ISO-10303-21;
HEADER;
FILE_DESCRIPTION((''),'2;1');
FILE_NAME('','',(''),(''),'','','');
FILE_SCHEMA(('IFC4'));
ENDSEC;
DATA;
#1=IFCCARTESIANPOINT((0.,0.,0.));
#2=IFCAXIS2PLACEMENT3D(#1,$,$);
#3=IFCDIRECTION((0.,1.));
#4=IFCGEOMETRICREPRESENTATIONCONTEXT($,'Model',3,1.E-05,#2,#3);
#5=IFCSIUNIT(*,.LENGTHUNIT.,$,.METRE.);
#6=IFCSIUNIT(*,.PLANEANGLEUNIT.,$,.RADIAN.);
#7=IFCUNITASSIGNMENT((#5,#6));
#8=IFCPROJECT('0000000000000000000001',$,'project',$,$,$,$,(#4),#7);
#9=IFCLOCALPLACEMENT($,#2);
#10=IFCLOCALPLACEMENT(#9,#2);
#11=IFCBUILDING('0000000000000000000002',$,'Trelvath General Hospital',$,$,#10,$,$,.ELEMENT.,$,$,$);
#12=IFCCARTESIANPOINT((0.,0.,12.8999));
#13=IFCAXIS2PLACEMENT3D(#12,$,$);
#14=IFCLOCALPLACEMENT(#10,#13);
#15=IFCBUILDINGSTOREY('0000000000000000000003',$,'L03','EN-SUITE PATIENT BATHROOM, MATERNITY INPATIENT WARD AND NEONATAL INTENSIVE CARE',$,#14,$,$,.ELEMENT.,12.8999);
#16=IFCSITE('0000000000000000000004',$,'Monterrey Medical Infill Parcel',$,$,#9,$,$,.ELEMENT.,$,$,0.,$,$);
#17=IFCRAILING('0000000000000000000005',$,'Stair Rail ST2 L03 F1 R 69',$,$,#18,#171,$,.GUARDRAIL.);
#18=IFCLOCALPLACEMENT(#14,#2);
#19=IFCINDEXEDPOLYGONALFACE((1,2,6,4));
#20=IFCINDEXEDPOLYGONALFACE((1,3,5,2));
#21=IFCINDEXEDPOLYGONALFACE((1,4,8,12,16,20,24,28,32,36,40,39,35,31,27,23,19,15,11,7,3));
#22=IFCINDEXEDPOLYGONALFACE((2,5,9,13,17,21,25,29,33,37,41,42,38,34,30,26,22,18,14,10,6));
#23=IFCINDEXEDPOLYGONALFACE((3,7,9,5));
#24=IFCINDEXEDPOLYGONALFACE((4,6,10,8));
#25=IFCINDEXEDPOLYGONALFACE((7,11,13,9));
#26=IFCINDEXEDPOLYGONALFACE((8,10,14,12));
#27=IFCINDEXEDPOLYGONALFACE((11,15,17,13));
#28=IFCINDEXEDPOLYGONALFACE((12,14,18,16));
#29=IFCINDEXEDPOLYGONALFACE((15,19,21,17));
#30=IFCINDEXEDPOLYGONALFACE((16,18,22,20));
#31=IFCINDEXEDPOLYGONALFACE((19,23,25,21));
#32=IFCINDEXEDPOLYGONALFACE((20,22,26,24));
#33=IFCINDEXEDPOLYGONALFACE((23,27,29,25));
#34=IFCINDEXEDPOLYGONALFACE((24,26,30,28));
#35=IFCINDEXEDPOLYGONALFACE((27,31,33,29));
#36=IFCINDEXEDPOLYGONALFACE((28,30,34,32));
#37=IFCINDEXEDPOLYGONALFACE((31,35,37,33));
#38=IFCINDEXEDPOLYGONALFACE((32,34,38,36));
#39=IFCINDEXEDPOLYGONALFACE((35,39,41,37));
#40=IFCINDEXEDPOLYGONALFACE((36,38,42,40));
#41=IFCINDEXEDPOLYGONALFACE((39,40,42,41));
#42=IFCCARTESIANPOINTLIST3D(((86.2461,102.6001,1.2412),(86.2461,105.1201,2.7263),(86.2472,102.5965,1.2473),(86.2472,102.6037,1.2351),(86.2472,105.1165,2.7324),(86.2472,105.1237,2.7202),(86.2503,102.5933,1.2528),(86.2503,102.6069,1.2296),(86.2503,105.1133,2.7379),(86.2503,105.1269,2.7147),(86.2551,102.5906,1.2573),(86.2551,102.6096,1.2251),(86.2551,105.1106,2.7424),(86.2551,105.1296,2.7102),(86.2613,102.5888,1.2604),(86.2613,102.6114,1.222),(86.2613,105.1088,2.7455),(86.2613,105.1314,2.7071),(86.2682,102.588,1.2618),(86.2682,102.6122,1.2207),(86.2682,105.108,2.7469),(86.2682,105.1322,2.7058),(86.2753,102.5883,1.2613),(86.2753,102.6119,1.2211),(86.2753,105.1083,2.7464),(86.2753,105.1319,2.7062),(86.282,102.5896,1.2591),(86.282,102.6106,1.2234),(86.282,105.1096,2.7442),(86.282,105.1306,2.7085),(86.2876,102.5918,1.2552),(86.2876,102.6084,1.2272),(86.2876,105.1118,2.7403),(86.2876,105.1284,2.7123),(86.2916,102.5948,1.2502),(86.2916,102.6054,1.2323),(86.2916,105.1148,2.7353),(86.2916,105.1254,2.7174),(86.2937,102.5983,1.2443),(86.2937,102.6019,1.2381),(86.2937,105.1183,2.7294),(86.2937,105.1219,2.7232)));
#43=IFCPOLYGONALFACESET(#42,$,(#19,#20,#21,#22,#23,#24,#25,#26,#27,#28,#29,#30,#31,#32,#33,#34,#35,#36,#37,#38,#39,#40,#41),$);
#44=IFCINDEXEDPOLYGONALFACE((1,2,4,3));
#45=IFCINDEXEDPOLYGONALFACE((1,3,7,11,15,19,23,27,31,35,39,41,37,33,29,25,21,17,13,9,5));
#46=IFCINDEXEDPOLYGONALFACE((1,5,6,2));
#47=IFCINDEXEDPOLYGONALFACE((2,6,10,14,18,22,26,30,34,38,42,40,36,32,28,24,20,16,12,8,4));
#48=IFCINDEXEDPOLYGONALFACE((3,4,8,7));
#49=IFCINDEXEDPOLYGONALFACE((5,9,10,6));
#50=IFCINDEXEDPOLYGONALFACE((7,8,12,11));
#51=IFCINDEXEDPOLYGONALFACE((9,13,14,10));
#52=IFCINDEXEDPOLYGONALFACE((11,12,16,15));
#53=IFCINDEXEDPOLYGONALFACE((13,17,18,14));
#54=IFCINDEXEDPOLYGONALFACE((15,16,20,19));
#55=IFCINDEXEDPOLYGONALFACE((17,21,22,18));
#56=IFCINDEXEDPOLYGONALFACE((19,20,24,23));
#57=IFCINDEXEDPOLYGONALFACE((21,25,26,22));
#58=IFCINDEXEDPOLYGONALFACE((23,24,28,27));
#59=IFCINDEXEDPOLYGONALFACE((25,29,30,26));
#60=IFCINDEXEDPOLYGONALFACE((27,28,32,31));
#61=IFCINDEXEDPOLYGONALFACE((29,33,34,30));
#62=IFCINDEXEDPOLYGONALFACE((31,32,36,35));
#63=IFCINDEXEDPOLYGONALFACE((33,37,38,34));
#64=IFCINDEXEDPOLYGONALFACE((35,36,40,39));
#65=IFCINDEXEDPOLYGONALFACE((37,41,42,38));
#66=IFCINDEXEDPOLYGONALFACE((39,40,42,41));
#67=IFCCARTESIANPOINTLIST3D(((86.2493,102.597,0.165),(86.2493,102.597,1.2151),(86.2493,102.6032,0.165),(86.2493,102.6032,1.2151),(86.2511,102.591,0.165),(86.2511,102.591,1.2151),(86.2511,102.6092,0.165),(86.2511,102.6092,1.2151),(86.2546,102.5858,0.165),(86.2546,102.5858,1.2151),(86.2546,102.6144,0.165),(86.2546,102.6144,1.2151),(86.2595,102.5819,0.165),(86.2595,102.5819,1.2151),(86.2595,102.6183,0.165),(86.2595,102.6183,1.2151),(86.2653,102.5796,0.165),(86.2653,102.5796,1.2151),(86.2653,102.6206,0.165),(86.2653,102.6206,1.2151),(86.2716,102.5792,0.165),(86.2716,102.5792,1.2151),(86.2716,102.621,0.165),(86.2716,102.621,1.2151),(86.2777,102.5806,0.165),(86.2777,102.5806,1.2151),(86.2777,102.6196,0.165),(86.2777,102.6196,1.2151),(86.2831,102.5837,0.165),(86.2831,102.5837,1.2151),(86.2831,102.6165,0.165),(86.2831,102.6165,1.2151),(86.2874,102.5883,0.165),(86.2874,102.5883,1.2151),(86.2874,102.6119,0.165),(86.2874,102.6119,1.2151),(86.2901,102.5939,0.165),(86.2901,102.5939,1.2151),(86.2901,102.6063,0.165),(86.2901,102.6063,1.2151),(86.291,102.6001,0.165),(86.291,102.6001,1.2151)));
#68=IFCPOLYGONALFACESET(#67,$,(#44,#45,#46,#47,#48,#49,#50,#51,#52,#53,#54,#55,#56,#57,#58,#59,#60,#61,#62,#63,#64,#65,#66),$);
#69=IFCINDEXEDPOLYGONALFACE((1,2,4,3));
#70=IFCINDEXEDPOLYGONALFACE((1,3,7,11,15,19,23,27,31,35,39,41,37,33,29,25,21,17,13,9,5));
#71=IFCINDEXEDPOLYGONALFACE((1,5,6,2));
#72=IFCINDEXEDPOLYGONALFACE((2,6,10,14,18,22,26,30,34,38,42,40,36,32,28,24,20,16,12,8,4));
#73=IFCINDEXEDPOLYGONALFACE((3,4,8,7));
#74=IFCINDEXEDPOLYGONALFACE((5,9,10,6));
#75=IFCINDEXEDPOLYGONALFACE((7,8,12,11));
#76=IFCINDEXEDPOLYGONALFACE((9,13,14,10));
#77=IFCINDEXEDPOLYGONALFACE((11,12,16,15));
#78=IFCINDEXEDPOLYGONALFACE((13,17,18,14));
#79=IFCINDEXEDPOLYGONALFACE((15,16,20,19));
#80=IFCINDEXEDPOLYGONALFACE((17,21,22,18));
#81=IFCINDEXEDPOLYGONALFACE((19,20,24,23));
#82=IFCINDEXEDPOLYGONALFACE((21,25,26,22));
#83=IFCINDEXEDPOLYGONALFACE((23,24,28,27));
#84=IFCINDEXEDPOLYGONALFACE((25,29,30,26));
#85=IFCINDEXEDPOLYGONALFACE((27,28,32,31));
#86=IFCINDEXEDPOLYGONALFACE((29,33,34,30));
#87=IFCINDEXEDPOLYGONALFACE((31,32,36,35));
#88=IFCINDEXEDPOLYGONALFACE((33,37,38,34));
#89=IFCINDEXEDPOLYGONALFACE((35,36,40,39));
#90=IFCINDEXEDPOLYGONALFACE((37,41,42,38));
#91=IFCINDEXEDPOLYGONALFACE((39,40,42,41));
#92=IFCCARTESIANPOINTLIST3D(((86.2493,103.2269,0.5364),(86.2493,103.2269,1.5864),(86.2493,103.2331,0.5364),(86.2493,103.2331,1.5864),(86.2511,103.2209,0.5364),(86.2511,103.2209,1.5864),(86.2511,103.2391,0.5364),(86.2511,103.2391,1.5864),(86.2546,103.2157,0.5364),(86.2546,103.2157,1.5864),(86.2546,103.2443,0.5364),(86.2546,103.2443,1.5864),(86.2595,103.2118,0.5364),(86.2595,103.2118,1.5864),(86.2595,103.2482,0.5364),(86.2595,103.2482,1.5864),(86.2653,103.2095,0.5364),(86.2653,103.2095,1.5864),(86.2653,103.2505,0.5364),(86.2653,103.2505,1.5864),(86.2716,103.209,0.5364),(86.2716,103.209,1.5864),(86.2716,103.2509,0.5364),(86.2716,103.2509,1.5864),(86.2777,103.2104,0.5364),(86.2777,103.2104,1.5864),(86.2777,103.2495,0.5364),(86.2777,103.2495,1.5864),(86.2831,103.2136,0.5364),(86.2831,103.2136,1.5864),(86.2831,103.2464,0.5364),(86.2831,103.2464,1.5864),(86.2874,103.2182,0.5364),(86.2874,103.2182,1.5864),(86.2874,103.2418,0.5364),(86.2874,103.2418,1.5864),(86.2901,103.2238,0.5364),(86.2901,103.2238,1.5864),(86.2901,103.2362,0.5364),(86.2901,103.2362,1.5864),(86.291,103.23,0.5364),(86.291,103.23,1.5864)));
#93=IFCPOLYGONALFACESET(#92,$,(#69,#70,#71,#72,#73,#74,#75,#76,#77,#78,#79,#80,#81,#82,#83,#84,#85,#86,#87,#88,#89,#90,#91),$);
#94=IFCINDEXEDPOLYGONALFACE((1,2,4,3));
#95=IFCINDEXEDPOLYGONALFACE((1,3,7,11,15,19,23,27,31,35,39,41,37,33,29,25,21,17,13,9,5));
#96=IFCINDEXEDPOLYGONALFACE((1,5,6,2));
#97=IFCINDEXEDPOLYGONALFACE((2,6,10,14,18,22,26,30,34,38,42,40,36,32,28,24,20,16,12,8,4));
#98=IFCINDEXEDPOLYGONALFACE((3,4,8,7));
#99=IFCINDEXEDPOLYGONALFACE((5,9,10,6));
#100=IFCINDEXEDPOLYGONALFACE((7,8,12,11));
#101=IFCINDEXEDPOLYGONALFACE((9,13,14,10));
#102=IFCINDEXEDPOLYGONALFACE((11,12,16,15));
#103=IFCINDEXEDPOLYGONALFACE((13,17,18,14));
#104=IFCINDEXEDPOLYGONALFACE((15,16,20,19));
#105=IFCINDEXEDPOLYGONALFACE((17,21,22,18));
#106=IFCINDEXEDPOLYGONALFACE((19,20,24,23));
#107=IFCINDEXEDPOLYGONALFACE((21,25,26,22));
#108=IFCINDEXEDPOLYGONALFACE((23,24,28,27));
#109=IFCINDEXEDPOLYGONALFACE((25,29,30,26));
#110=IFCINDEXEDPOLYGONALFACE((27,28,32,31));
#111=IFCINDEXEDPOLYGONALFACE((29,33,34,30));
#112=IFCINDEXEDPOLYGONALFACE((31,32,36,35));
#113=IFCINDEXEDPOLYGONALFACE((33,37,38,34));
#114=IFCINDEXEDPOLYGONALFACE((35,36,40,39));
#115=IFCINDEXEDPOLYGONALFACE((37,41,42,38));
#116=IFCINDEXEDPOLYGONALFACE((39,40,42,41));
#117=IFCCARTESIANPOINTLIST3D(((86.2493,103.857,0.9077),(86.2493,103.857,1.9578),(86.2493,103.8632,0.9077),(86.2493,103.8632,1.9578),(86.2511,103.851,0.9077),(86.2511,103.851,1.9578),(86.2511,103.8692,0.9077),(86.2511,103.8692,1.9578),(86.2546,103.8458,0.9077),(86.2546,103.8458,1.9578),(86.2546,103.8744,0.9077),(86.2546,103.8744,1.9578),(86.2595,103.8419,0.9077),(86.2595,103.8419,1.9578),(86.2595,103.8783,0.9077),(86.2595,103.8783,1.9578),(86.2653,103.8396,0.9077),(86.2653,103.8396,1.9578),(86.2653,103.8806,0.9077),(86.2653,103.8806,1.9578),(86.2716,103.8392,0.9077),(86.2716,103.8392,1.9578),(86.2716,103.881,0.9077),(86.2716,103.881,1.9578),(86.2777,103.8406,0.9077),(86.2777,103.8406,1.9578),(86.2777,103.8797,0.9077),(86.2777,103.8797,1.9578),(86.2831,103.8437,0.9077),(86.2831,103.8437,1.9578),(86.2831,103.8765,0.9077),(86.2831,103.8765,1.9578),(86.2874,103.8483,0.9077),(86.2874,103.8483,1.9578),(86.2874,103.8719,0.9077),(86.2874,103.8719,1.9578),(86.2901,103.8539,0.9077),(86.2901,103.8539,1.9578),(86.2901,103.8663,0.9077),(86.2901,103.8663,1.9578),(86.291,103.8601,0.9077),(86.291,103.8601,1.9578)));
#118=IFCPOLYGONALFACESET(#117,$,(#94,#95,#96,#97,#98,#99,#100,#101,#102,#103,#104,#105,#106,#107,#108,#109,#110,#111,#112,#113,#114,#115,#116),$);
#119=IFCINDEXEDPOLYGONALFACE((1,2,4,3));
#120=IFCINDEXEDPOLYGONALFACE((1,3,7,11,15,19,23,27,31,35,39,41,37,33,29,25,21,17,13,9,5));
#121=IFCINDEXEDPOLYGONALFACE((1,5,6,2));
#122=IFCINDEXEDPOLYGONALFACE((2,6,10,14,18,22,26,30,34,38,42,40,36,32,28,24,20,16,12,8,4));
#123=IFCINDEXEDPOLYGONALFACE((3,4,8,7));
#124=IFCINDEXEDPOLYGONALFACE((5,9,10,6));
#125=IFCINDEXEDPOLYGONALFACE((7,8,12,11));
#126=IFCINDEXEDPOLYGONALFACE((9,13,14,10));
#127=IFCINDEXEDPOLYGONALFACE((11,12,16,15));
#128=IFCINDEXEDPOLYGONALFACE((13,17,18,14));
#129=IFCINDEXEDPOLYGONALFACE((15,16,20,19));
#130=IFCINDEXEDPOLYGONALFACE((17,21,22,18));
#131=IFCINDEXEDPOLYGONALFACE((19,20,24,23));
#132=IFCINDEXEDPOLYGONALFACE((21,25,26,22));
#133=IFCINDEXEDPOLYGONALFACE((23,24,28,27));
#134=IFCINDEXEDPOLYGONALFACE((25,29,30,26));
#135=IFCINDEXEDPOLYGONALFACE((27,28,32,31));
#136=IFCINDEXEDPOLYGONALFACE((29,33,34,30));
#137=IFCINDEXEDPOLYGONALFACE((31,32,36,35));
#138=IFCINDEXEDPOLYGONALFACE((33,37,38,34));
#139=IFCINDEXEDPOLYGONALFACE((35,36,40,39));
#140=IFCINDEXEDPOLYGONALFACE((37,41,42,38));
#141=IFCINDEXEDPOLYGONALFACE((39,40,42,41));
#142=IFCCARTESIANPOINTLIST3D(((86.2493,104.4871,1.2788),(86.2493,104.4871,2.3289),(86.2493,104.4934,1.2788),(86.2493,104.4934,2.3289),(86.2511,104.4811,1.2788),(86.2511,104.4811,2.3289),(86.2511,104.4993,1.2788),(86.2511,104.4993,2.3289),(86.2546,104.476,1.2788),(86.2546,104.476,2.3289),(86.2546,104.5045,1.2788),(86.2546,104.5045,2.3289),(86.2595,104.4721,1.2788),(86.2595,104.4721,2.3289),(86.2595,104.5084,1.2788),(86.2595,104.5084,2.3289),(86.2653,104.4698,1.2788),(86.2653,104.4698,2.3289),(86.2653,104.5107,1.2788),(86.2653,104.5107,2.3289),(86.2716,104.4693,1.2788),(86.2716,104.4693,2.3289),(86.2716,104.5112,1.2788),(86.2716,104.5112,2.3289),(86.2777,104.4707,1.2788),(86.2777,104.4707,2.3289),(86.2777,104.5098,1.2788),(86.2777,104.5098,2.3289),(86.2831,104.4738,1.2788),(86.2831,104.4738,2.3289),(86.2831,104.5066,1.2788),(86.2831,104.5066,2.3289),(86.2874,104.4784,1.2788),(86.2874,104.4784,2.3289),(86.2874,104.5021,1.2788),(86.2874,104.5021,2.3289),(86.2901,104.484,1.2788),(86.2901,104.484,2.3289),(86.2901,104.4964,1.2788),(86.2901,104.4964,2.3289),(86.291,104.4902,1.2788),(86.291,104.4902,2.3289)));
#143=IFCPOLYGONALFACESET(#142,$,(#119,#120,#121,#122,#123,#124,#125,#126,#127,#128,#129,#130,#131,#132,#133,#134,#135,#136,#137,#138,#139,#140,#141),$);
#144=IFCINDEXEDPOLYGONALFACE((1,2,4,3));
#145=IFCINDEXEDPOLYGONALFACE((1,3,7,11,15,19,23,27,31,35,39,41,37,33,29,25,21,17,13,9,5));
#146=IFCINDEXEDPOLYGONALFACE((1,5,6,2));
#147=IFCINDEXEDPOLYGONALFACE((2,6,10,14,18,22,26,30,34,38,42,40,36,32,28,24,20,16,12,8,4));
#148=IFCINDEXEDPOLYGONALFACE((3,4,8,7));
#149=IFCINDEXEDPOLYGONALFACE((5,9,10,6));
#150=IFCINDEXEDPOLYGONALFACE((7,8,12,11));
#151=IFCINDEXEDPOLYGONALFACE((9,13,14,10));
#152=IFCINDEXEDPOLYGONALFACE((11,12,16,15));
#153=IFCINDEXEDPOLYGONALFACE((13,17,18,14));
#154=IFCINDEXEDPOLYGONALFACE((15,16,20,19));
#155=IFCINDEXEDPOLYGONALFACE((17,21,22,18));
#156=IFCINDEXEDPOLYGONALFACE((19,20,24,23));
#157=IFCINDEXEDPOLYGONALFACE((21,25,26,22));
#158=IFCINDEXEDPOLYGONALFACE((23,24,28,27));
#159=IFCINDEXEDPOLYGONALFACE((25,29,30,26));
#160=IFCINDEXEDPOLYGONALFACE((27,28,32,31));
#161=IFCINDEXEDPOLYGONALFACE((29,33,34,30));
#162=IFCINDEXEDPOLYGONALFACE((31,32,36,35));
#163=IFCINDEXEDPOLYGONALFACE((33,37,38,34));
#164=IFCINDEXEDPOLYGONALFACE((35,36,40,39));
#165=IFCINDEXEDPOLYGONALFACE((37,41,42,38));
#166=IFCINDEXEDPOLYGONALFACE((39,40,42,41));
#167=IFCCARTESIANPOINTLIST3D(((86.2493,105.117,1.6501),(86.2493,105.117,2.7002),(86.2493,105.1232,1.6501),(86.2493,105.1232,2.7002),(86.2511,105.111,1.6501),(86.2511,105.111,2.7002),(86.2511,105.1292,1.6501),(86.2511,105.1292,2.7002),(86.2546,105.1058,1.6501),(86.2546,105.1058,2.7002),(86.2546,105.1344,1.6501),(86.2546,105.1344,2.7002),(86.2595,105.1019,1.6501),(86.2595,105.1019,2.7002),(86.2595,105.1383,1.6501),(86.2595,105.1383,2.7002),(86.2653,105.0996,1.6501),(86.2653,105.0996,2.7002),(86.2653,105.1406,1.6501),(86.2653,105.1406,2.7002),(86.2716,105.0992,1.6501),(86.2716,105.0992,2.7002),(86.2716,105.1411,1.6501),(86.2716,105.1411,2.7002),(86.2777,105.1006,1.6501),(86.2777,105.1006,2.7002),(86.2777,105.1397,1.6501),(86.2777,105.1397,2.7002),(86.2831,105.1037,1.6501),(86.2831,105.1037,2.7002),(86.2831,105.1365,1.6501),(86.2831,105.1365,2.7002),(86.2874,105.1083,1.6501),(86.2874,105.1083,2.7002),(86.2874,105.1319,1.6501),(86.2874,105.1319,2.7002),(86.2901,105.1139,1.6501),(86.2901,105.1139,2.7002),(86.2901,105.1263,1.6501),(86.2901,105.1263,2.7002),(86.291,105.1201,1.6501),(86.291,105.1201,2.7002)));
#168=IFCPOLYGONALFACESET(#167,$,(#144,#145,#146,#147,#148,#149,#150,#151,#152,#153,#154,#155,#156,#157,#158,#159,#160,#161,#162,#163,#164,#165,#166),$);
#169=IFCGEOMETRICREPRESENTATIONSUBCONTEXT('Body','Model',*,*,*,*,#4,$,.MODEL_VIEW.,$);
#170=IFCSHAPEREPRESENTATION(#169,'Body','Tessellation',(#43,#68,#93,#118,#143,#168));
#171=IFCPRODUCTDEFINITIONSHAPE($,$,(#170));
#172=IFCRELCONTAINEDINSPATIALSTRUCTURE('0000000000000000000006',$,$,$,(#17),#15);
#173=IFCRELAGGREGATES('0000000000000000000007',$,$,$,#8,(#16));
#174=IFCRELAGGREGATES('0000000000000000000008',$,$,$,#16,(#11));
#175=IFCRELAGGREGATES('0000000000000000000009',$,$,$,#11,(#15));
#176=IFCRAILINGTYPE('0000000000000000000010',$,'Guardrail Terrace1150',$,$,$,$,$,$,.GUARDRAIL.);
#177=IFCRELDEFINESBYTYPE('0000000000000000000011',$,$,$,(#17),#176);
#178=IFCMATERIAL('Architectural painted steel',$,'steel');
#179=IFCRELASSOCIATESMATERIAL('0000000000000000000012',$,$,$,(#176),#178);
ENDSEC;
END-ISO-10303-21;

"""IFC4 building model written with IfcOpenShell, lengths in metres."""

from ifc_helpers import new_model, si_unit, direction, frame, origin, origin_2d, place, context, subcontext, project, spatial, circle, extrude, material, type_object, element, save


model = new_model("IFC4")

# Units and contexts
model_context = context("Model", 3, precision=1e-05, world=origin(), true_north=direction((0.0, 1.0)))
body_context = subcontext(model_context, "Body", "Model", "MODEL_VIEW")
ifc_project = project(units=[si_unit("LENGTHUNIT", "METRE"), si_unit("PLANEANGLEUNIT", "RADIAN")], contexts=[model_context])

# Site, building, storey
site_placement = place(None, origin())
site = spatial("IfcSite", under=ifc_project, at=site_placement, Name="Monterrey Medical Infill Parcel", CompositionType="ELEMENT", RefElevation=0.0)
building_placement = place(site_placement, origin())
building = spatial("IfcBuilding", under=site, at=building_placement, Name="Trelvath General Hospital", CompositionType="ELEMENT")
storey_placement = place(building_placement, frame((0.0, 0.0, 12.8999)))
storey = spatial("IfcBuildingStorey", under=building, at=storey_placement, Name="L03", Description="EN-SUITE PATIENT BATHROOM, MATERNITY INPATIENT WARD AND NEONATAL INTENSIVE CARE", CompositionType="ELEMENT", Elevation=12.8999)

# Railing
ifc_material_1 = material(Name="Architectural painted steel", Category="steel")
railing_type_1 = type_object("IfcRailingType", Name="Guardrail Terrace1150", PredefinedType="GUARDRAIL", material=ifc_material_1)
railing_1_placement = place(storey_placement, frame((86.27, 102.6001, 0.165)))
element("IfcRailing", 1, at=railing_1_placement, inside=storey, type_object=railing_type_1, Name="Stair Rail ST2 L03 F1 R 69", PredefinedType="GUARDRAIL", context=body_context, shape_type="SweptSolid", body=[
    extrude(circle(Radius=0.0239, at=origin_2d()), frame((0.0, 0.0, 1.0762), z_axis=(0.0, 0.861524, 0.507717), x_axis=(-1.0, 0.0, 0.0)), (0.0, 0.0, 1.0), 2.925),
    extrude(circle(Radius=0.021, at=origin_2d()), origin(), (0.0, 0.0, 1.0), 1.05),
    extrude(circle(Radius=0.021, at=origin_2d()), frame((0.0, 0.6299, 0.3713)), (0.0, 0.0, 1.0), 1.05),
    extrude(circle(Radius=0.021, at=origin_2d()), frame((0.0, 1.26, 0.7427)), (0.0, 0.0, 1.0), 1.05),
    extrude(circle(Radius=0.021, at=origin_2d()), frame((0.0, 1.8901, 1.1138)), (0.0, 0.0, 1.0), 1.05),
    extrude(circle(Radius=0.021, at=origin_2d()), frame((0.0, 2.52, 1.4851)), (0.0, 0.0, 1.0), 1.05),
])

save(model, "model.ifc")
